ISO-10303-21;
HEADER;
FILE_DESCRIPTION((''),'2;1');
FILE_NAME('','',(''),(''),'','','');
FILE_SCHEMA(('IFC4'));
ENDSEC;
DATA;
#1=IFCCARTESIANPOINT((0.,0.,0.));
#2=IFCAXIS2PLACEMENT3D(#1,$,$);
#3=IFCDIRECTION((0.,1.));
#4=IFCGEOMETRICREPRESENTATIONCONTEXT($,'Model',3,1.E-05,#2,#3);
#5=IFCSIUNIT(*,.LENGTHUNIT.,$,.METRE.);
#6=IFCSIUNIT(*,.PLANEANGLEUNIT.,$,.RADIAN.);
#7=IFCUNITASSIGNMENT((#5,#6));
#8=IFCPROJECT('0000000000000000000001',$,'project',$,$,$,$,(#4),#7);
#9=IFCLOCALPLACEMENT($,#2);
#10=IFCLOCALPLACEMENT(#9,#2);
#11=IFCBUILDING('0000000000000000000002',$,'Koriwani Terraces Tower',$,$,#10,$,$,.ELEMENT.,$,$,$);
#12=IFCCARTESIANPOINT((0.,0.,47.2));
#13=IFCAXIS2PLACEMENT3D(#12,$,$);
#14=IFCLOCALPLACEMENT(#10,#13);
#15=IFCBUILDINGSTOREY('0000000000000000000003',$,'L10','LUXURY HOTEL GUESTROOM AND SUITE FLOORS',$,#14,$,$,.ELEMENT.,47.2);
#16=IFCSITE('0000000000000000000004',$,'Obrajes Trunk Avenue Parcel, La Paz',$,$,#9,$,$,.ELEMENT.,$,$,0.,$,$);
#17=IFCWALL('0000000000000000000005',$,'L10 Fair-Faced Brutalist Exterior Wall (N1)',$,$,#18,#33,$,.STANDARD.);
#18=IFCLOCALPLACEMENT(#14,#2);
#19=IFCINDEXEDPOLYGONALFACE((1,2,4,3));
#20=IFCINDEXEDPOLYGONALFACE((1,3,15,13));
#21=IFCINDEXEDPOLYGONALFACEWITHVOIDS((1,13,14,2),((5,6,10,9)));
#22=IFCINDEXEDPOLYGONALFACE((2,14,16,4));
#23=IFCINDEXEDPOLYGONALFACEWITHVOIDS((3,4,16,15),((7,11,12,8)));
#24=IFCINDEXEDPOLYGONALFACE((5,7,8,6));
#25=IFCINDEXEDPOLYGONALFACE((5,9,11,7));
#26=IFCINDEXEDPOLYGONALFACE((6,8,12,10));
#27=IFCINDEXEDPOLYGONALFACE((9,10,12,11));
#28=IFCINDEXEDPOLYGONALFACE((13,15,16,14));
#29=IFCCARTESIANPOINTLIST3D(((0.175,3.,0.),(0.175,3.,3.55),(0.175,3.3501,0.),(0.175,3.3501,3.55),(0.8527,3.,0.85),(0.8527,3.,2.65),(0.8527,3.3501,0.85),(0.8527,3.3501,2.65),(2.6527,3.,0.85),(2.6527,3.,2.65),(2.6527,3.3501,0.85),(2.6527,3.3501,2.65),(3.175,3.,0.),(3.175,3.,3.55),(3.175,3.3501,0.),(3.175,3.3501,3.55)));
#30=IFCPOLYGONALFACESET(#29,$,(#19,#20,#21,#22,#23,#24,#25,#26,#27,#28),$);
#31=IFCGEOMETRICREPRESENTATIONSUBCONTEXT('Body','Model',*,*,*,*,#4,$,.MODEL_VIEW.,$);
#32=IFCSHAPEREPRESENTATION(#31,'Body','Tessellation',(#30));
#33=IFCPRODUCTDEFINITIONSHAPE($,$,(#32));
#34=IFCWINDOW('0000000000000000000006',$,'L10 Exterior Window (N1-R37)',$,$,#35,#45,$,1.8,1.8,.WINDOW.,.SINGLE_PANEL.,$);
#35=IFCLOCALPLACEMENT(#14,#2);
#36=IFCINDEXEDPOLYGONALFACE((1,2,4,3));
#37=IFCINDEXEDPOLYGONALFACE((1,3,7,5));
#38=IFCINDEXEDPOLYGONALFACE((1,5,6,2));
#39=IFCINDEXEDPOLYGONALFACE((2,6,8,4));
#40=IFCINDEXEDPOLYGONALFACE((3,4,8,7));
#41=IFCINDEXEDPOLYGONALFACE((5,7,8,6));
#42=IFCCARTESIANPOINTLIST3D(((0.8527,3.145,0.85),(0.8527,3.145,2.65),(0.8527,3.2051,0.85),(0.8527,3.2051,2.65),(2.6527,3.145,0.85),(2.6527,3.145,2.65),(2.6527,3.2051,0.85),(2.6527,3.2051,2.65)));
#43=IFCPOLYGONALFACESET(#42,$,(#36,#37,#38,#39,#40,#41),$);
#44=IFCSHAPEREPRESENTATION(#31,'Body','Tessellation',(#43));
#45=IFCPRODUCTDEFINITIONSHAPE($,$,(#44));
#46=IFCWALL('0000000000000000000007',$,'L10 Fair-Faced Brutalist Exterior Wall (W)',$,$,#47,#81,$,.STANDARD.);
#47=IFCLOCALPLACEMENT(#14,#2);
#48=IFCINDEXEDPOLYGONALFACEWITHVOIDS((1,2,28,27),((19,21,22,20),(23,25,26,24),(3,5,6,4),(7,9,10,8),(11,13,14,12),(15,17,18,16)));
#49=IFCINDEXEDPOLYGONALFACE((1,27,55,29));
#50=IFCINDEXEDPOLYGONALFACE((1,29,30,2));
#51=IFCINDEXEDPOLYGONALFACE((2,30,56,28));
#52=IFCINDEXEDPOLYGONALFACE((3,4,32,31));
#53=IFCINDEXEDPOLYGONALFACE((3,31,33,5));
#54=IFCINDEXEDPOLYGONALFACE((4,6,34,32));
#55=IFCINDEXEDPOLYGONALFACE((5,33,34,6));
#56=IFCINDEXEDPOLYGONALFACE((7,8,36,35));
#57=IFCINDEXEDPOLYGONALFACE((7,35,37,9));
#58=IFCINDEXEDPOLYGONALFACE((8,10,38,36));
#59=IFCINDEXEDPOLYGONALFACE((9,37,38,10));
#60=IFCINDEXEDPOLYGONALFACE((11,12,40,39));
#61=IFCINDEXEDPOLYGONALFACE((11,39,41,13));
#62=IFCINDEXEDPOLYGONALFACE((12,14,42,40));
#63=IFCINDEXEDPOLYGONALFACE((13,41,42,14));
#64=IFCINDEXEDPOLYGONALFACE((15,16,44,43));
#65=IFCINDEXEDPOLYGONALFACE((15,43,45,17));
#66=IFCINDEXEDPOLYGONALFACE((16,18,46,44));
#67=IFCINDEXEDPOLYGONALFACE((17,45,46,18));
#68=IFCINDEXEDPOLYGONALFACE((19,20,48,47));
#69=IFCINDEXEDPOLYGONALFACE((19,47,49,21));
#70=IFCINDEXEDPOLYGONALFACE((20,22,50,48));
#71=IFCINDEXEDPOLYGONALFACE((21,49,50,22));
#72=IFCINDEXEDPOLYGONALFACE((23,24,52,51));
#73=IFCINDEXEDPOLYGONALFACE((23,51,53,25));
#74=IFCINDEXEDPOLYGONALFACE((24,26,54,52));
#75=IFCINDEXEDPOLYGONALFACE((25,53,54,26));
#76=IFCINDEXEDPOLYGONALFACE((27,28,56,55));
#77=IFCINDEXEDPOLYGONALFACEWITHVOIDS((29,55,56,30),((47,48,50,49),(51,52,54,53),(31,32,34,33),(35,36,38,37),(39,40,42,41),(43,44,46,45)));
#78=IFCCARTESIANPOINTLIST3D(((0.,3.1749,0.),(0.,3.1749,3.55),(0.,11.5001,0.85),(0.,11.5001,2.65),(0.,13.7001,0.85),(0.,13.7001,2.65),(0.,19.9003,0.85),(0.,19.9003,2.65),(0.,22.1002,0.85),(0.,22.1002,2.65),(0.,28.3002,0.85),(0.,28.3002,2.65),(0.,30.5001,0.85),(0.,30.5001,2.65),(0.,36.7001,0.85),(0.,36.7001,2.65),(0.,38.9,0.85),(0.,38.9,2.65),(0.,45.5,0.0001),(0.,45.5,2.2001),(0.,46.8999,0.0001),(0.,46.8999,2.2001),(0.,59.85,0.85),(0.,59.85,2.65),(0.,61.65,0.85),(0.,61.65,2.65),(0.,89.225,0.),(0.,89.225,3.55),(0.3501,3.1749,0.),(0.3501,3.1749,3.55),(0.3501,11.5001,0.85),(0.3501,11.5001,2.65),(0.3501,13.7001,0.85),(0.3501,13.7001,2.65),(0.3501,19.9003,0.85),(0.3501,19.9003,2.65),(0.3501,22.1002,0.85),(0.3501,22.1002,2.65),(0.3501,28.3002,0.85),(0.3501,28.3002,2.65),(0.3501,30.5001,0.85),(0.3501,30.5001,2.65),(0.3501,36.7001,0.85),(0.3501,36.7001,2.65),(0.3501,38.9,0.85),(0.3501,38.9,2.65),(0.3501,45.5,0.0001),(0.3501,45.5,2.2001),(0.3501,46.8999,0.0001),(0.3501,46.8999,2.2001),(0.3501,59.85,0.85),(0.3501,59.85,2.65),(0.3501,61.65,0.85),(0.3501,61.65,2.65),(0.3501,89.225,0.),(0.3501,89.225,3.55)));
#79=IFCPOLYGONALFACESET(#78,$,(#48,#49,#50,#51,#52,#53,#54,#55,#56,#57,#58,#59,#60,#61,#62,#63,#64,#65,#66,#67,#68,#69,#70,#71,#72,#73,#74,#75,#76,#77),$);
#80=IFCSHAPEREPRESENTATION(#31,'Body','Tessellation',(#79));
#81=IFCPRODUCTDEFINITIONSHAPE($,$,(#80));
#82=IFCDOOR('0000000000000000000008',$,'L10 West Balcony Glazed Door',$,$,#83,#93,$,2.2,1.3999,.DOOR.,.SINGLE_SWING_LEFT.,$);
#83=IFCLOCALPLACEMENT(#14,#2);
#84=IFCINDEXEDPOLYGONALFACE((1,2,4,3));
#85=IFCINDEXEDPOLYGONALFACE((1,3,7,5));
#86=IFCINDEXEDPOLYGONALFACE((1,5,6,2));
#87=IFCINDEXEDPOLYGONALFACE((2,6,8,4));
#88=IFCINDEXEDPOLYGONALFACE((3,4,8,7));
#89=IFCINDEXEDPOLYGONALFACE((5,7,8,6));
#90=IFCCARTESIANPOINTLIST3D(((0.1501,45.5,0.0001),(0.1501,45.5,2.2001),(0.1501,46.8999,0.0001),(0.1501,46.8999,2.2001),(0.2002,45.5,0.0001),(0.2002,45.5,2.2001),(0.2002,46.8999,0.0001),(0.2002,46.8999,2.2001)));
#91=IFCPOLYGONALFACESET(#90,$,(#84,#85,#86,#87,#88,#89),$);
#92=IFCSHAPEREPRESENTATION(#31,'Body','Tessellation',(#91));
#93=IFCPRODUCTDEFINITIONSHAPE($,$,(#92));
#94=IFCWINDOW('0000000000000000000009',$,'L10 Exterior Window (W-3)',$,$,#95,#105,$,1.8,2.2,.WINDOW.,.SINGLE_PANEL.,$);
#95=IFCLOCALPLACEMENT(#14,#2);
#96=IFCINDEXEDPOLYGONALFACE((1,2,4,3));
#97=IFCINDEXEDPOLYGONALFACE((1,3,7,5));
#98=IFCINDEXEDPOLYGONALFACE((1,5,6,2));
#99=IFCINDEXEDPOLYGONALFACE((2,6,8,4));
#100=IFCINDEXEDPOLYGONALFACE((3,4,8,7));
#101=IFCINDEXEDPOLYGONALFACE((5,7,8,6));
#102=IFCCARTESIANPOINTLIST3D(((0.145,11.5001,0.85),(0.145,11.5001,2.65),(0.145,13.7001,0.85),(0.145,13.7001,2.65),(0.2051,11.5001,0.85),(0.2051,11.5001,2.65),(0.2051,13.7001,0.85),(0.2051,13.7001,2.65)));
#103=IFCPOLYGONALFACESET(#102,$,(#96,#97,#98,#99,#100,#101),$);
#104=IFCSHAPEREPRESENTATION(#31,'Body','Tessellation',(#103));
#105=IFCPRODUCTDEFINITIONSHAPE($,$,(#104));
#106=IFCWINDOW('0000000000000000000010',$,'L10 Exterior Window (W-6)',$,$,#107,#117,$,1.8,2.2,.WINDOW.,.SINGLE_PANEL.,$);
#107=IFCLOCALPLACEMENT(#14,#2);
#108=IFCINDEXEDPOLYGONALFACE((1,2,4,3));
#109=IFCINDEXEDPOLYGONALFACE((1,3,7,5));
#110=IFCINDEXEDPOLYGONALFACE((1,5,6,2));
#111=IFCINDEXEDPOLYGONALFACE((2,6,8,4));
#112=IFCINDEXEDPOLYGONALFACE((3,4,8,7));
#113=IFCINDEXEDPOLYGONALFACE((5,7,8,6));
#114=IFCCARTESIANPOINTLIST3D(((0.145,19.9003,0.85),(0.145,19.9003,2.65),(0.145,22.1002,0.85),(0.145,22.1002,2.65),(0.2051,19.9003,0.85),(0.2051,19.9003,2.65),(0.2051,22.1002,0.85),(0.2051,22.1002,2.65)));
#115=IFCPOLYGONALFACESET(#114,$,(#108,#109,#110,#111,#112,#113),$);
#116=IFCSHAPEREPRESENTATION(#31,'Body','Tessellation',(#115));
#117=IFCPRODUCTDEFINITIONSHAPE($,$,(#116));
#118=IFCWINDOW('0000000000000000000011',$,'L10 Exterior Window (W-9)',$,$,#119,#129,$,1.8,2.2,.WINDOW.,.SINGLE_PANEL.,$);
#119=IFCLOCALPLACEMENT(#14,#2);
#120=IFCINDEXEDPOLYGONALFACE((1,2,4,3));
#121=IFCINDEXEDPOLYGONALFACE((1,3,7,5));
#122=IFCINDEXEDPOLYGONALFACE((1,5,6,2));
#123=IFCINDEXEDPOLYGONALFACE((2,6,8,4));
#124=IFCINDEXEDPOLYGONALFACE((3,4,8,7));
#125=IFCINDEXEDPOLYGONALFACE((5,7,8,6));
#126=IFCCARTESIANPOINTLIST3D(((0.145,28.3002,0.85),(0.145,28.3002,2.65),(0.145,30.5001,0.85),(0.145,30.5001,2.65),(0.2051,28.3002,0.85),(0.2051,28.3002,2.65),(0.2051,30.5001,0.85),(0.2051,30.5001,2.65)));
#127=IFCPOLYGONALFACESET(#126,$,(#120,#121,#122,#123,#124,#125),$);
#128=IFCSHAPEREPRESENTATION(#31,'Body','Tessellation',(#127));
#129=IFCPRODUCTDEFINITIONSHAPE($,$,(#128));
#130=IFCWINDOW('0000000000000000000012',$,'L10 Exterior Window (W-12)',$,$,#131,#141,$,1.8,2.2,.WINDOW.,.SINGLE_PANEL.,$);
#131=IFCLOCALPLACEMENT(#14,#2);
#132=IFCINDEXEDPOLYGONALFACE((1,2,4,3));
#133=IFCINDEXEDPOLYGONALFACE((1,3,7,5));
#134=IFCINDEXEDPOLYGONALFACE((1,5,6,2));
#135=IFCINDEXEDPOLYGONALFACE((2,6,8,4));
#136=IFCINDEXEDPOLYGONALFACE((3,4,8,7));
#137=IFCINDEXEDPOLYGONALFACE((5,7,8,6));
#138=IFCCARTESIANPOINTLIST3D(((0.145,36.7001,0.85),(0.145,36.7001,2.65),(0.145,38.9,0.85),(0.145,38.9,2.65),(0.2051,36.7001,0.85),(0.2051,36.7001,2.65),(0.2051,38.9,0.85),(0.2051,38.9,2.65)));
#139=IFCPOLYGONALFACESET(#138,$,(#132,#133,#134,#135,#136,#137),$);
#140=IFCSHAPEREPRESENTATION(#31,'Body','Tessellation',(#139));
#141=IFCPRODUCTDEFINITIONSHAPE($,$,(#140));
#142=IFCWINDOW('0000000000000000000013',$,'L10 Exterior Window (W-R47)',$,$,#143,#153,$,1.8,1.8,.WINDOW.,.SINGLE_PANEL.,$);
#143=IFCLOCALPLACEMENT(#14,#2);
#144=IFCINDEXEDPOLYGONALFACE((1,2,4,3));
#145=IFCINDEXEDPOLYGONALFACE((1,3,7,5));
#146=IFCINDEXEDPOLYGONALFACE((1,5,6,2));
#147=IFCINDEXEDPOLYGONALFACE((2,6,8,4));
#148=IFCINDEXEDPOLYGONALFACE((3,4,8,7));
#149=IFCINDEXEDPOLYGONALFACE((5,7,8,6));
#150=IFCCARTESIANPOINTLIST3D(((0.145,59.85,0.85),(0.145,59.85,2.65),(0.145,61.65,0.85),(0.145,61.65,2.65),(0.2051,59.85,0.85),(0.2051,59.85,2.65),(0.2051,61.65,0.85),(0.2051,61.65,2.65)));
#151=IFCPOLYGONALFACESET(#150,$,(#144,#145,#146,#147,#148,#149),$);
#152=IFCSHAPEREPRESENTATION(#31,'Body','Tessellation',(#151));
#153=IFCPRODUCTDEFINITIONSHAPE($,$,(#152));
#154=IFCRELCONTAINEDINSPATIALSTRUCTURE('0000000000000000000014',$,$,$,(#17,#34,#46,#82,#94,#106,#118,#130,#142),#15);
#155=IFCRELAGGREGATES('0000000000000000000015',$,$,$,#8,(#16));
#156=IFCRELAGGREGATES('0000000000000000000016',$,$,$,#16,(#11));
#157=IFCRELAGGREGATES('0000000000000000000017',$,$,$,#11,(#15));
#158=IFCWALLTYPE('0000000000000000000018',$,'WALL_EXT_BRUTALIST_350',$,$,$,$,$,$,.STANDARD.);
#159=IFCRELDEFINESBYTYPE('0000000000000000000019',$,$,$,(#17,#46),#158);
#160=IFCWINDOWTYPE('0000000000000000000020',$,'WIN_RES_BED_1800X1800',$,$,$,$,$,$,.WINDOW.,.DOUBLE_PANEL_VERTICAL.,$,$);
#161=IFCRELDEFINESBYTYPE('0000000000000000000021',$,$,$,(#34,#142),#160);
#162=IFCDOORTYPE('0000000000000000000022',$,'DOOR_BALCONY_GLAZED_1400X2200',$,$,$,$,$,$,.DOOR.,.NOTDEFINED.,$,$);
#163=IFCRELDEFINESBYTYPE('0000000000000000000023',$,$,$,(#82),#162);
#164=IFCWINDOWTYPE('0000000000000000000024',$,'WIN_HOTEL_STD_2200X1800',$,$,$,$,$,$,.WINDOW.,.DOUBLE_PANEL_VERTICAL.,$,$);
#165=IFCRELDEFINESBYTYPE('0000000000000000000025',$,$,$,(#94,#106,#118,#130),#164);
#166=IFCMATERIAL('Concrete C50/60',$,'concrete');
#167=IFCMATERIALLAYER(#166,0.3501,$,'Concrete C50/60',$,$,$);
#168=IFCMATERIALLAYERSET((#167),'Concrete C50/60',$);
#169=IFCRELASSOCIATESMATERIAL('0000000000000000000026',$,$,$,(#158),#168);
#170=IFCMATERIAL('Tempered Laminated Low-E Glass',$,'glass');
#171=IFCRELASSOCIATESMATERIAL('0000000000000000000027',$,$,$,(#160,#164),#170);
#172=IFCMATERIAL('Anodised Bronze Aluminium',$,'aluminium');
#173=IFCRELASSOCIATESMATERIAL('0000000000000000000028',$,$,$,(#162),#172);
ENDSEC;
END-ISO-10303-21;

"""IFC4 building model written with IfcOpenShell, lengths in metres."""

from ifc_helpers import new_model, si_unit, direction, frame, frame_2d, origin, place, context, subcontext, project, spatial, rectangle, extrude, material, layer, layer_set, type_object, element, fill, save


model = new_model("IFC4")

# Units and contexts
model_context = context("Model", 3, precision=1e-05, world=origin(), true_north=direction((0.0, 1.0)))
body_context = subcontext(model_context, "Body", "Model", "MODEL_VIEW")
ifc_project = project(units=[si_unit("LENGTHUNIT", "METRE"), si_unit("PLANEANGLEUNIT", "RADIAN")], contexts=[model_context])

# Site, building, storey
site_placement = place(None, origin())
site = spatial("IfcSite", under=ifc_project, at=site_placement, Name="Obrajes Trunk Avenue Parcel, La Paz", CompositionType="ELEMENT", RefElevation=0.0)
building_placement = place(site_placement, origin())
building = spatial("IfcBuilding", under=site, at=building_placement, Name="Koriwani Terraces Tower", CompositionType="ELEMENT")
storey_placement = place(building_placement, frame((0.0, 0.0, 47.2)))
storey = spatial("IfcBuildingStorey", under=building, at=storey_placement, Name="L10", Description="LUXURY HOTEL GUESTROOM AND SUITE FLOORS", CompositionType="ELEMENT", Elevation=47.2)

# Shared definitions
ifc_material_1 = material(Name="Concrete C50/60", Category="concrete")

# Shared definitions
ifc_layer_1 = layer(ifc_material_1, 0.3501, Name="Concrete C50/60")
ifc_layer_set_1 = layer_set([ifc_layer_1], Name="Concrete C50/60")
wall_type_1 = type_object("IfcWallType", Name="WALL_EXT_BRUTALIST_350", PredefinedType="STANDARD", material=ifc_layer_set_1)

# Wall, opening, window
wall_1_placement = place(storey_placement, frame((3.175, 3.175, 0.0), z_axis=(0.0, 0.0, 1.0), x_axis=(-1.0, 0.0, 0.0)))
wall_1 = element("IfcWall", 1, at=wall_1_placement, inside=storey, type_object=wall_type_1, Name="L10 Fair-Faced Brutalist Exterior Wall (N1)", PredefinedType="STANDARD", context=body_context, shape_type="SweptSolid", body=[
    extrude(rectangle(XDim=3.0, YDim=0.3501, at=frame_2d((1.5, 0.0))), origin(), (0.0, 0.0, 1.0), 3.55),
])
opening_1_placement = place(wall_1_placement, frame((0.5225, 0.0, 0.8501)))
opening_1 = element("IfcOpeningElement", 2, at=opening_1_placement, cuts=wall_1, PredefinedType="OPENING", context=body_context, shape_type="SweptSolid", body=[
    extrude(rectangle(XDim=1.8, YDim=1.8, at=frame_2d((0.8999, 0.8999))), frame((0.0, 0.1851, 0.0), z_axis=(0.0, -1.0, 0.0), x_axis=(1.0, 0.0, 0.0)), (0.0, 0.0, 1.0), 0.3701),
])
ifc_material_2 = material(Name="Tempered Laminated Low-E Glass", Category="glass")
window_type_1 = type_object("IfcWindowType", Name="WIN_RES_BED_1800X1800", PartitioningType="DOUBLE_PANEL_VERTICAL", PredefinedType="WINDOW", material=ifc_material_2)
window_1_placement = place(opening_1_placement, origin())
window_1 = element("IfcWindow", 3, at=window_1_placement, inside=storey, type_object=window_type_1, Name="L10 Exterior Window (N1-R37)", OverallHeight=1.8, OverallWidth=1.8, PartitioningType="SINGLE_PANEL", PredefinedType="WINDOW", context=body_context, shape_type="SweptSolid", body=[
    extrude(rectangle(XDim=1.8, YDim=1.8, at=frame_2d((0.8999, 0.8999))), frame((0.0, 0.03, 0.0), z_axis=(0.0, -1.0, 0.0), x_axis=(1.0, 0.0, 0.0)), (0.0, 0.0, 1.0), 0.0601),
])
fill(opening_1, window_1)

# Wall, openings, door, windows
wall_2_placement = place(storey_placement, frame((0.175, 3.175, 0.0), z_axis=(0.0, 0.0, 1.0), x_axis=(0.0, 1.0, 0.0)))
wall_2 = element("IfcWall", 4, at=wall_2_placement, inside=storey, type_object=wall_type_1, Name="L10 Fair-Faced Brutalist Exterior Wall (W)", PredefinedType="STANDARD", context=body_context, shape_type="SweptSolid", body=[
    extrude(rectangle(XDim=86.05, YDim=0.3501, at=frame_2d((43.0249, 0.0))), origin(), (0.0, 0.0, 1.0), 3.55),
])
opening_2_placement = place(wall_2_placement, frame((42.325, 0.0, 0.0)))
opening_2 = element("IfcOpeningElement", 5, at=opening_2_placement, cuts=wall_2, PredefinedType="OPENING", context=body_context, shape_type="SweptSolid", body=[
    extrude(rectangle(XDim=1.3999, YDim=2.2, at=frame_2d((0.7, 1.1001))), frame((0.0, 0.1851, 0.0), z_axis=(0.0, -1.0, 0.0), x_axis=(1.0, 0.0, 0.0)), (0.0, 0.0, 1.0), 0.3701),
])
opening_3_placement = place(wall_2_placement, frame((8.325, 0.0, 0.8501)))
opening_3 = element("IfcOpeningElement", 6, at=opening_3_placement, cuts=wall_2, PredefinedType="OPENING", context=body_context, shape_type="SweptSolid", body=[
    extrude(rectangle(XDim=2.2, YDim=1.8, at=frame_2d((1.1001, 0.8999))), frame((0.0, 0.1851, 0.0), z_axis=(0.0, -1.0, 0.0), x_axis=(1.0, 0.0, 0.0)), (0.0, 0.0, 1.0), 0.3701),
])
opening_4_placement = place(wall_2_placement, frame((16.7251, 0.0, 0.8501)))
opening_4 = element("IfcOpeningElement", 7, at=opening_4_placement, cuts=wall_2, PredefinedType="OPENING", context=body_context, shape_type="SweptSolid", body=[
    extrude(rectangle(XDim=2.2, YDim=1.8, at=frame_2d((1.1001, 0.8999))), frame((0.0, 0.1851, 0.0), z_axis=(0.0, -1.0, 0.0), x_axis=(1.0, 0.0, 0.0)), (0.0, 0.0, 1.0), 0.3701),
])
opening_5_placement = place(wall_2_placement, frame((25.125, 0.0, 0.8501)))
opening_5 = element("IfcOpeningElement", 8, at=opening_5_placement, cuts=wall_2, PredefinedType="OPENING", context=body_context, shape_type="SweptSolid", body=[
    extrude(rectangle(XDim=2.2, YDim=1.8, at=frame_2d((1.1001, 0.8999))), frame((0.0, 0.1851, 0.0), z_axis=(0.0, -1.0, 0.0), x_axis=(1.0, 0.0, 0.0)), (0.0, 0.0, 1.0), 0.3701),
])
opening_6_placement = place(wall_2_placement, frame((33.5249, 0.0, 0.8501)))
opening_6 = element("IfcOpeningElement", 9, at=opening_6_placement, cuts=wall_2, PredefinedType="OPENING", context=body_context, shape_type="SweptSolid", body=[
    extrude(rectangle(XDim=2.2, YDim=1.8, at=frame_2d((1.1001, 0.8999))), frame((0.0, 0.1851, 0.0), z_axis=(0.0, -1.0, 0.0), x_axis=(1.0, 0.0, 0.0)), (0.0, 0.0, 1.0), 0.3701),
])
opening_7_placement = place(wall_2_placement, frame((56.675, 0.0, 0.8501)))
opening_7 = element("IfcOpeningElement", 10, at=opening_7_placement, cuts=wall_2, PredefinedType="OPENING", context=body_context, shape_type="SweptSolid", body=[
    extrude(rectangle(XDim=1.8, YDim=1.8, at=frame_2d((0.8999, 0.8999))), frame((0.0, 0.1851, 0.0), z_axis=(0.0, -1.0, 0.0), x_axis=(1.0, 0.0, 0.0)), (0.0, 0.0, 1.0), 0.3701),
])
ifc_material_3 = material(Name="Anodised Bronze Aluminium", Category="aluminium")
door_type = type_object("IfcDoorType", Name="DOOR_BALCONY_GLAZED_1400X2200", OperationType="NOTDEFINED", PredefinedType="DOOR", material=ifc_material_3)
door_placement = place(opening_2_placement, origin())
door = element("IfcDoor", 11, at=door_placement, inside=storey, type_object=door_type, Name="L10 West Balcony Glazed Door", OperationType="SINGLE_SWING_LEFT", OverallHeight=2.2, OverallWidth=1.3999, PredefinedType="DOOR", context=body_context, shape_type="SweptSolid", body=[
    extrude(rectangle(XDim=1.3999, YDim=2.2, at=frame_2d((0.7, 1.1001))), frame((0.0, 0.0249, 0.0), z_axis=(0.0, -1.0, 0.0), x_axis=(1.0, 0.0, 0.0)), (0.0, 0.0, 1.0), 0.05),
])
fill(opening_2, door)
window_type_2 = type_object("IfcWindowType", Name="WIN_HOTEL_STD_2200X1800", PartitioningType="DOUBLE_PANEL_VERTICAL", PredefinedType="WINDOW", material=ifc_material_2)
window_2_placement = place(opening_3_placement, origin())
window_2 = element("IfcWindow", 12, at=window_2_placement, inside=storey, type_object=window_type_2, Name="L10 Exterior Window (W-3)", OverallHeight=1.8, OverallWidth=2.2, PartitioningType="SINGLE_PANEL", PredefinedType="WINDOW", context=body_context, shape_type="SweptSolid", body=[
    extrude(rectangle(XDim=2.2, YDim=1.8, at=frame_2d((1.1001, 0.8999))), frame((0.0, 0.03, 0.0), z_axis=(0.0, -1.0, 0.0), x_axis=(1.0, 0.0, 0.0)), (0.0, 0.0, 1.0), 0.0601),
])
fill(opening_3, window_2)
window_3_placement = place(opening_4_placement, origin())
window_3 = element("IfcWindow", 13, at=window_3_placement, inside=storey, type_object=window_type_2, Name="L10 Exterior Window (W-6)", OverallHeight=1.8, OverallWidth=2.2, PartitioningType="SINGLE_PANEL", PredefinedType="WINDOW", context=body_context, shape_type="SweptSolid", body=[
    extrude(rectangle(XDim=2.2, YDim=1.8, at=frame_2d((1.1001, 0.8999))), frame((0.0, 0.03, 0.0), z_axis=(0.0, -1.0, 0.0), x_axis=(1.0, 0.0, 0.0)), (0.0, 0.0, 1.0), 0.0601),
])
fill(opening_4, window_3)
window_4_placement = place(opening_5_placement, origin())
window_4 = element("IfcWindow", 14, at=window_4_placement, inside=storey, type_object=window_type_2, Name="L10 Exterior Window (W-9)", OverallHeight=1.8, OverallWidth=2.2, PartitioningType="SINGLE_PANEL", PredefinedType="WINDOW", context=body_context, shape_type="SweptSolid", body=[
    extrude(rectangle(XDim=2.2, YDim=1.8, at=frame_2d((1.1001, 0.8999))), frame((0.0, 0.03, 0.0), z_axis=(0.0, -1.0, 0.0), x_axis=(1.0, 0.0, 0.0)), (0.0, 0.0, 1.0), 0.0601),
])
fill(opening_5, window_4)
window_5_placement = place(opening_6_placement, origin())
window_5 = element("IfcWindow", 15, at=window_5_placement, inside=storey, type_object=window_type_2, Name="L10 Exterior Window (W-12)", OverallHeight=1.8, OverallWidth=2.2, PartitioningType="SINGLE_PANEL", PredefinedType="WINDOW", context=body_context, shape_type="SweptSolid", body=[
    extrude(rectangle(XDim=2.2, YDim=1.8, at=frame_2d((1.1001, 0.8999))), frame((0.0, 0.03, 0.0), z_axis=(0.0, -1.0, 0.0), x_axis=(1.0, 0.0, 0.0)), (0.0, 0.0, 1.0), 0.0601),
])
fill(opening_6, window_5)
window_6_placement = place(opening_7_placement, origin())
window_6 = element("IfcWindow", 16, at=window_6_placement, inside=storey, type_object=window_type_1, Name="L10 Exterior Window (W-R47)", OverallHeight=1.8, OverallWidth=1.8, PartitioningType="SINGLE_PANEL", PredefinedType="WINDOW", context=body_context, shape_type="SweptSolid", body=[
    extrude(rectangle(XDim=1.8, YDim=1.8, at=frame_2d((0.8999, 0.8999))), frame((0.0, 0.03, 0.0), z_axis=(0.0, -1.0, 0.0), x_axis=(1.0, 0.0, 0.0)), (0.0, 0.0, 1.0), 0.0601),
])
fill(opening_7, window_6)

save(model, "model.ifc")
